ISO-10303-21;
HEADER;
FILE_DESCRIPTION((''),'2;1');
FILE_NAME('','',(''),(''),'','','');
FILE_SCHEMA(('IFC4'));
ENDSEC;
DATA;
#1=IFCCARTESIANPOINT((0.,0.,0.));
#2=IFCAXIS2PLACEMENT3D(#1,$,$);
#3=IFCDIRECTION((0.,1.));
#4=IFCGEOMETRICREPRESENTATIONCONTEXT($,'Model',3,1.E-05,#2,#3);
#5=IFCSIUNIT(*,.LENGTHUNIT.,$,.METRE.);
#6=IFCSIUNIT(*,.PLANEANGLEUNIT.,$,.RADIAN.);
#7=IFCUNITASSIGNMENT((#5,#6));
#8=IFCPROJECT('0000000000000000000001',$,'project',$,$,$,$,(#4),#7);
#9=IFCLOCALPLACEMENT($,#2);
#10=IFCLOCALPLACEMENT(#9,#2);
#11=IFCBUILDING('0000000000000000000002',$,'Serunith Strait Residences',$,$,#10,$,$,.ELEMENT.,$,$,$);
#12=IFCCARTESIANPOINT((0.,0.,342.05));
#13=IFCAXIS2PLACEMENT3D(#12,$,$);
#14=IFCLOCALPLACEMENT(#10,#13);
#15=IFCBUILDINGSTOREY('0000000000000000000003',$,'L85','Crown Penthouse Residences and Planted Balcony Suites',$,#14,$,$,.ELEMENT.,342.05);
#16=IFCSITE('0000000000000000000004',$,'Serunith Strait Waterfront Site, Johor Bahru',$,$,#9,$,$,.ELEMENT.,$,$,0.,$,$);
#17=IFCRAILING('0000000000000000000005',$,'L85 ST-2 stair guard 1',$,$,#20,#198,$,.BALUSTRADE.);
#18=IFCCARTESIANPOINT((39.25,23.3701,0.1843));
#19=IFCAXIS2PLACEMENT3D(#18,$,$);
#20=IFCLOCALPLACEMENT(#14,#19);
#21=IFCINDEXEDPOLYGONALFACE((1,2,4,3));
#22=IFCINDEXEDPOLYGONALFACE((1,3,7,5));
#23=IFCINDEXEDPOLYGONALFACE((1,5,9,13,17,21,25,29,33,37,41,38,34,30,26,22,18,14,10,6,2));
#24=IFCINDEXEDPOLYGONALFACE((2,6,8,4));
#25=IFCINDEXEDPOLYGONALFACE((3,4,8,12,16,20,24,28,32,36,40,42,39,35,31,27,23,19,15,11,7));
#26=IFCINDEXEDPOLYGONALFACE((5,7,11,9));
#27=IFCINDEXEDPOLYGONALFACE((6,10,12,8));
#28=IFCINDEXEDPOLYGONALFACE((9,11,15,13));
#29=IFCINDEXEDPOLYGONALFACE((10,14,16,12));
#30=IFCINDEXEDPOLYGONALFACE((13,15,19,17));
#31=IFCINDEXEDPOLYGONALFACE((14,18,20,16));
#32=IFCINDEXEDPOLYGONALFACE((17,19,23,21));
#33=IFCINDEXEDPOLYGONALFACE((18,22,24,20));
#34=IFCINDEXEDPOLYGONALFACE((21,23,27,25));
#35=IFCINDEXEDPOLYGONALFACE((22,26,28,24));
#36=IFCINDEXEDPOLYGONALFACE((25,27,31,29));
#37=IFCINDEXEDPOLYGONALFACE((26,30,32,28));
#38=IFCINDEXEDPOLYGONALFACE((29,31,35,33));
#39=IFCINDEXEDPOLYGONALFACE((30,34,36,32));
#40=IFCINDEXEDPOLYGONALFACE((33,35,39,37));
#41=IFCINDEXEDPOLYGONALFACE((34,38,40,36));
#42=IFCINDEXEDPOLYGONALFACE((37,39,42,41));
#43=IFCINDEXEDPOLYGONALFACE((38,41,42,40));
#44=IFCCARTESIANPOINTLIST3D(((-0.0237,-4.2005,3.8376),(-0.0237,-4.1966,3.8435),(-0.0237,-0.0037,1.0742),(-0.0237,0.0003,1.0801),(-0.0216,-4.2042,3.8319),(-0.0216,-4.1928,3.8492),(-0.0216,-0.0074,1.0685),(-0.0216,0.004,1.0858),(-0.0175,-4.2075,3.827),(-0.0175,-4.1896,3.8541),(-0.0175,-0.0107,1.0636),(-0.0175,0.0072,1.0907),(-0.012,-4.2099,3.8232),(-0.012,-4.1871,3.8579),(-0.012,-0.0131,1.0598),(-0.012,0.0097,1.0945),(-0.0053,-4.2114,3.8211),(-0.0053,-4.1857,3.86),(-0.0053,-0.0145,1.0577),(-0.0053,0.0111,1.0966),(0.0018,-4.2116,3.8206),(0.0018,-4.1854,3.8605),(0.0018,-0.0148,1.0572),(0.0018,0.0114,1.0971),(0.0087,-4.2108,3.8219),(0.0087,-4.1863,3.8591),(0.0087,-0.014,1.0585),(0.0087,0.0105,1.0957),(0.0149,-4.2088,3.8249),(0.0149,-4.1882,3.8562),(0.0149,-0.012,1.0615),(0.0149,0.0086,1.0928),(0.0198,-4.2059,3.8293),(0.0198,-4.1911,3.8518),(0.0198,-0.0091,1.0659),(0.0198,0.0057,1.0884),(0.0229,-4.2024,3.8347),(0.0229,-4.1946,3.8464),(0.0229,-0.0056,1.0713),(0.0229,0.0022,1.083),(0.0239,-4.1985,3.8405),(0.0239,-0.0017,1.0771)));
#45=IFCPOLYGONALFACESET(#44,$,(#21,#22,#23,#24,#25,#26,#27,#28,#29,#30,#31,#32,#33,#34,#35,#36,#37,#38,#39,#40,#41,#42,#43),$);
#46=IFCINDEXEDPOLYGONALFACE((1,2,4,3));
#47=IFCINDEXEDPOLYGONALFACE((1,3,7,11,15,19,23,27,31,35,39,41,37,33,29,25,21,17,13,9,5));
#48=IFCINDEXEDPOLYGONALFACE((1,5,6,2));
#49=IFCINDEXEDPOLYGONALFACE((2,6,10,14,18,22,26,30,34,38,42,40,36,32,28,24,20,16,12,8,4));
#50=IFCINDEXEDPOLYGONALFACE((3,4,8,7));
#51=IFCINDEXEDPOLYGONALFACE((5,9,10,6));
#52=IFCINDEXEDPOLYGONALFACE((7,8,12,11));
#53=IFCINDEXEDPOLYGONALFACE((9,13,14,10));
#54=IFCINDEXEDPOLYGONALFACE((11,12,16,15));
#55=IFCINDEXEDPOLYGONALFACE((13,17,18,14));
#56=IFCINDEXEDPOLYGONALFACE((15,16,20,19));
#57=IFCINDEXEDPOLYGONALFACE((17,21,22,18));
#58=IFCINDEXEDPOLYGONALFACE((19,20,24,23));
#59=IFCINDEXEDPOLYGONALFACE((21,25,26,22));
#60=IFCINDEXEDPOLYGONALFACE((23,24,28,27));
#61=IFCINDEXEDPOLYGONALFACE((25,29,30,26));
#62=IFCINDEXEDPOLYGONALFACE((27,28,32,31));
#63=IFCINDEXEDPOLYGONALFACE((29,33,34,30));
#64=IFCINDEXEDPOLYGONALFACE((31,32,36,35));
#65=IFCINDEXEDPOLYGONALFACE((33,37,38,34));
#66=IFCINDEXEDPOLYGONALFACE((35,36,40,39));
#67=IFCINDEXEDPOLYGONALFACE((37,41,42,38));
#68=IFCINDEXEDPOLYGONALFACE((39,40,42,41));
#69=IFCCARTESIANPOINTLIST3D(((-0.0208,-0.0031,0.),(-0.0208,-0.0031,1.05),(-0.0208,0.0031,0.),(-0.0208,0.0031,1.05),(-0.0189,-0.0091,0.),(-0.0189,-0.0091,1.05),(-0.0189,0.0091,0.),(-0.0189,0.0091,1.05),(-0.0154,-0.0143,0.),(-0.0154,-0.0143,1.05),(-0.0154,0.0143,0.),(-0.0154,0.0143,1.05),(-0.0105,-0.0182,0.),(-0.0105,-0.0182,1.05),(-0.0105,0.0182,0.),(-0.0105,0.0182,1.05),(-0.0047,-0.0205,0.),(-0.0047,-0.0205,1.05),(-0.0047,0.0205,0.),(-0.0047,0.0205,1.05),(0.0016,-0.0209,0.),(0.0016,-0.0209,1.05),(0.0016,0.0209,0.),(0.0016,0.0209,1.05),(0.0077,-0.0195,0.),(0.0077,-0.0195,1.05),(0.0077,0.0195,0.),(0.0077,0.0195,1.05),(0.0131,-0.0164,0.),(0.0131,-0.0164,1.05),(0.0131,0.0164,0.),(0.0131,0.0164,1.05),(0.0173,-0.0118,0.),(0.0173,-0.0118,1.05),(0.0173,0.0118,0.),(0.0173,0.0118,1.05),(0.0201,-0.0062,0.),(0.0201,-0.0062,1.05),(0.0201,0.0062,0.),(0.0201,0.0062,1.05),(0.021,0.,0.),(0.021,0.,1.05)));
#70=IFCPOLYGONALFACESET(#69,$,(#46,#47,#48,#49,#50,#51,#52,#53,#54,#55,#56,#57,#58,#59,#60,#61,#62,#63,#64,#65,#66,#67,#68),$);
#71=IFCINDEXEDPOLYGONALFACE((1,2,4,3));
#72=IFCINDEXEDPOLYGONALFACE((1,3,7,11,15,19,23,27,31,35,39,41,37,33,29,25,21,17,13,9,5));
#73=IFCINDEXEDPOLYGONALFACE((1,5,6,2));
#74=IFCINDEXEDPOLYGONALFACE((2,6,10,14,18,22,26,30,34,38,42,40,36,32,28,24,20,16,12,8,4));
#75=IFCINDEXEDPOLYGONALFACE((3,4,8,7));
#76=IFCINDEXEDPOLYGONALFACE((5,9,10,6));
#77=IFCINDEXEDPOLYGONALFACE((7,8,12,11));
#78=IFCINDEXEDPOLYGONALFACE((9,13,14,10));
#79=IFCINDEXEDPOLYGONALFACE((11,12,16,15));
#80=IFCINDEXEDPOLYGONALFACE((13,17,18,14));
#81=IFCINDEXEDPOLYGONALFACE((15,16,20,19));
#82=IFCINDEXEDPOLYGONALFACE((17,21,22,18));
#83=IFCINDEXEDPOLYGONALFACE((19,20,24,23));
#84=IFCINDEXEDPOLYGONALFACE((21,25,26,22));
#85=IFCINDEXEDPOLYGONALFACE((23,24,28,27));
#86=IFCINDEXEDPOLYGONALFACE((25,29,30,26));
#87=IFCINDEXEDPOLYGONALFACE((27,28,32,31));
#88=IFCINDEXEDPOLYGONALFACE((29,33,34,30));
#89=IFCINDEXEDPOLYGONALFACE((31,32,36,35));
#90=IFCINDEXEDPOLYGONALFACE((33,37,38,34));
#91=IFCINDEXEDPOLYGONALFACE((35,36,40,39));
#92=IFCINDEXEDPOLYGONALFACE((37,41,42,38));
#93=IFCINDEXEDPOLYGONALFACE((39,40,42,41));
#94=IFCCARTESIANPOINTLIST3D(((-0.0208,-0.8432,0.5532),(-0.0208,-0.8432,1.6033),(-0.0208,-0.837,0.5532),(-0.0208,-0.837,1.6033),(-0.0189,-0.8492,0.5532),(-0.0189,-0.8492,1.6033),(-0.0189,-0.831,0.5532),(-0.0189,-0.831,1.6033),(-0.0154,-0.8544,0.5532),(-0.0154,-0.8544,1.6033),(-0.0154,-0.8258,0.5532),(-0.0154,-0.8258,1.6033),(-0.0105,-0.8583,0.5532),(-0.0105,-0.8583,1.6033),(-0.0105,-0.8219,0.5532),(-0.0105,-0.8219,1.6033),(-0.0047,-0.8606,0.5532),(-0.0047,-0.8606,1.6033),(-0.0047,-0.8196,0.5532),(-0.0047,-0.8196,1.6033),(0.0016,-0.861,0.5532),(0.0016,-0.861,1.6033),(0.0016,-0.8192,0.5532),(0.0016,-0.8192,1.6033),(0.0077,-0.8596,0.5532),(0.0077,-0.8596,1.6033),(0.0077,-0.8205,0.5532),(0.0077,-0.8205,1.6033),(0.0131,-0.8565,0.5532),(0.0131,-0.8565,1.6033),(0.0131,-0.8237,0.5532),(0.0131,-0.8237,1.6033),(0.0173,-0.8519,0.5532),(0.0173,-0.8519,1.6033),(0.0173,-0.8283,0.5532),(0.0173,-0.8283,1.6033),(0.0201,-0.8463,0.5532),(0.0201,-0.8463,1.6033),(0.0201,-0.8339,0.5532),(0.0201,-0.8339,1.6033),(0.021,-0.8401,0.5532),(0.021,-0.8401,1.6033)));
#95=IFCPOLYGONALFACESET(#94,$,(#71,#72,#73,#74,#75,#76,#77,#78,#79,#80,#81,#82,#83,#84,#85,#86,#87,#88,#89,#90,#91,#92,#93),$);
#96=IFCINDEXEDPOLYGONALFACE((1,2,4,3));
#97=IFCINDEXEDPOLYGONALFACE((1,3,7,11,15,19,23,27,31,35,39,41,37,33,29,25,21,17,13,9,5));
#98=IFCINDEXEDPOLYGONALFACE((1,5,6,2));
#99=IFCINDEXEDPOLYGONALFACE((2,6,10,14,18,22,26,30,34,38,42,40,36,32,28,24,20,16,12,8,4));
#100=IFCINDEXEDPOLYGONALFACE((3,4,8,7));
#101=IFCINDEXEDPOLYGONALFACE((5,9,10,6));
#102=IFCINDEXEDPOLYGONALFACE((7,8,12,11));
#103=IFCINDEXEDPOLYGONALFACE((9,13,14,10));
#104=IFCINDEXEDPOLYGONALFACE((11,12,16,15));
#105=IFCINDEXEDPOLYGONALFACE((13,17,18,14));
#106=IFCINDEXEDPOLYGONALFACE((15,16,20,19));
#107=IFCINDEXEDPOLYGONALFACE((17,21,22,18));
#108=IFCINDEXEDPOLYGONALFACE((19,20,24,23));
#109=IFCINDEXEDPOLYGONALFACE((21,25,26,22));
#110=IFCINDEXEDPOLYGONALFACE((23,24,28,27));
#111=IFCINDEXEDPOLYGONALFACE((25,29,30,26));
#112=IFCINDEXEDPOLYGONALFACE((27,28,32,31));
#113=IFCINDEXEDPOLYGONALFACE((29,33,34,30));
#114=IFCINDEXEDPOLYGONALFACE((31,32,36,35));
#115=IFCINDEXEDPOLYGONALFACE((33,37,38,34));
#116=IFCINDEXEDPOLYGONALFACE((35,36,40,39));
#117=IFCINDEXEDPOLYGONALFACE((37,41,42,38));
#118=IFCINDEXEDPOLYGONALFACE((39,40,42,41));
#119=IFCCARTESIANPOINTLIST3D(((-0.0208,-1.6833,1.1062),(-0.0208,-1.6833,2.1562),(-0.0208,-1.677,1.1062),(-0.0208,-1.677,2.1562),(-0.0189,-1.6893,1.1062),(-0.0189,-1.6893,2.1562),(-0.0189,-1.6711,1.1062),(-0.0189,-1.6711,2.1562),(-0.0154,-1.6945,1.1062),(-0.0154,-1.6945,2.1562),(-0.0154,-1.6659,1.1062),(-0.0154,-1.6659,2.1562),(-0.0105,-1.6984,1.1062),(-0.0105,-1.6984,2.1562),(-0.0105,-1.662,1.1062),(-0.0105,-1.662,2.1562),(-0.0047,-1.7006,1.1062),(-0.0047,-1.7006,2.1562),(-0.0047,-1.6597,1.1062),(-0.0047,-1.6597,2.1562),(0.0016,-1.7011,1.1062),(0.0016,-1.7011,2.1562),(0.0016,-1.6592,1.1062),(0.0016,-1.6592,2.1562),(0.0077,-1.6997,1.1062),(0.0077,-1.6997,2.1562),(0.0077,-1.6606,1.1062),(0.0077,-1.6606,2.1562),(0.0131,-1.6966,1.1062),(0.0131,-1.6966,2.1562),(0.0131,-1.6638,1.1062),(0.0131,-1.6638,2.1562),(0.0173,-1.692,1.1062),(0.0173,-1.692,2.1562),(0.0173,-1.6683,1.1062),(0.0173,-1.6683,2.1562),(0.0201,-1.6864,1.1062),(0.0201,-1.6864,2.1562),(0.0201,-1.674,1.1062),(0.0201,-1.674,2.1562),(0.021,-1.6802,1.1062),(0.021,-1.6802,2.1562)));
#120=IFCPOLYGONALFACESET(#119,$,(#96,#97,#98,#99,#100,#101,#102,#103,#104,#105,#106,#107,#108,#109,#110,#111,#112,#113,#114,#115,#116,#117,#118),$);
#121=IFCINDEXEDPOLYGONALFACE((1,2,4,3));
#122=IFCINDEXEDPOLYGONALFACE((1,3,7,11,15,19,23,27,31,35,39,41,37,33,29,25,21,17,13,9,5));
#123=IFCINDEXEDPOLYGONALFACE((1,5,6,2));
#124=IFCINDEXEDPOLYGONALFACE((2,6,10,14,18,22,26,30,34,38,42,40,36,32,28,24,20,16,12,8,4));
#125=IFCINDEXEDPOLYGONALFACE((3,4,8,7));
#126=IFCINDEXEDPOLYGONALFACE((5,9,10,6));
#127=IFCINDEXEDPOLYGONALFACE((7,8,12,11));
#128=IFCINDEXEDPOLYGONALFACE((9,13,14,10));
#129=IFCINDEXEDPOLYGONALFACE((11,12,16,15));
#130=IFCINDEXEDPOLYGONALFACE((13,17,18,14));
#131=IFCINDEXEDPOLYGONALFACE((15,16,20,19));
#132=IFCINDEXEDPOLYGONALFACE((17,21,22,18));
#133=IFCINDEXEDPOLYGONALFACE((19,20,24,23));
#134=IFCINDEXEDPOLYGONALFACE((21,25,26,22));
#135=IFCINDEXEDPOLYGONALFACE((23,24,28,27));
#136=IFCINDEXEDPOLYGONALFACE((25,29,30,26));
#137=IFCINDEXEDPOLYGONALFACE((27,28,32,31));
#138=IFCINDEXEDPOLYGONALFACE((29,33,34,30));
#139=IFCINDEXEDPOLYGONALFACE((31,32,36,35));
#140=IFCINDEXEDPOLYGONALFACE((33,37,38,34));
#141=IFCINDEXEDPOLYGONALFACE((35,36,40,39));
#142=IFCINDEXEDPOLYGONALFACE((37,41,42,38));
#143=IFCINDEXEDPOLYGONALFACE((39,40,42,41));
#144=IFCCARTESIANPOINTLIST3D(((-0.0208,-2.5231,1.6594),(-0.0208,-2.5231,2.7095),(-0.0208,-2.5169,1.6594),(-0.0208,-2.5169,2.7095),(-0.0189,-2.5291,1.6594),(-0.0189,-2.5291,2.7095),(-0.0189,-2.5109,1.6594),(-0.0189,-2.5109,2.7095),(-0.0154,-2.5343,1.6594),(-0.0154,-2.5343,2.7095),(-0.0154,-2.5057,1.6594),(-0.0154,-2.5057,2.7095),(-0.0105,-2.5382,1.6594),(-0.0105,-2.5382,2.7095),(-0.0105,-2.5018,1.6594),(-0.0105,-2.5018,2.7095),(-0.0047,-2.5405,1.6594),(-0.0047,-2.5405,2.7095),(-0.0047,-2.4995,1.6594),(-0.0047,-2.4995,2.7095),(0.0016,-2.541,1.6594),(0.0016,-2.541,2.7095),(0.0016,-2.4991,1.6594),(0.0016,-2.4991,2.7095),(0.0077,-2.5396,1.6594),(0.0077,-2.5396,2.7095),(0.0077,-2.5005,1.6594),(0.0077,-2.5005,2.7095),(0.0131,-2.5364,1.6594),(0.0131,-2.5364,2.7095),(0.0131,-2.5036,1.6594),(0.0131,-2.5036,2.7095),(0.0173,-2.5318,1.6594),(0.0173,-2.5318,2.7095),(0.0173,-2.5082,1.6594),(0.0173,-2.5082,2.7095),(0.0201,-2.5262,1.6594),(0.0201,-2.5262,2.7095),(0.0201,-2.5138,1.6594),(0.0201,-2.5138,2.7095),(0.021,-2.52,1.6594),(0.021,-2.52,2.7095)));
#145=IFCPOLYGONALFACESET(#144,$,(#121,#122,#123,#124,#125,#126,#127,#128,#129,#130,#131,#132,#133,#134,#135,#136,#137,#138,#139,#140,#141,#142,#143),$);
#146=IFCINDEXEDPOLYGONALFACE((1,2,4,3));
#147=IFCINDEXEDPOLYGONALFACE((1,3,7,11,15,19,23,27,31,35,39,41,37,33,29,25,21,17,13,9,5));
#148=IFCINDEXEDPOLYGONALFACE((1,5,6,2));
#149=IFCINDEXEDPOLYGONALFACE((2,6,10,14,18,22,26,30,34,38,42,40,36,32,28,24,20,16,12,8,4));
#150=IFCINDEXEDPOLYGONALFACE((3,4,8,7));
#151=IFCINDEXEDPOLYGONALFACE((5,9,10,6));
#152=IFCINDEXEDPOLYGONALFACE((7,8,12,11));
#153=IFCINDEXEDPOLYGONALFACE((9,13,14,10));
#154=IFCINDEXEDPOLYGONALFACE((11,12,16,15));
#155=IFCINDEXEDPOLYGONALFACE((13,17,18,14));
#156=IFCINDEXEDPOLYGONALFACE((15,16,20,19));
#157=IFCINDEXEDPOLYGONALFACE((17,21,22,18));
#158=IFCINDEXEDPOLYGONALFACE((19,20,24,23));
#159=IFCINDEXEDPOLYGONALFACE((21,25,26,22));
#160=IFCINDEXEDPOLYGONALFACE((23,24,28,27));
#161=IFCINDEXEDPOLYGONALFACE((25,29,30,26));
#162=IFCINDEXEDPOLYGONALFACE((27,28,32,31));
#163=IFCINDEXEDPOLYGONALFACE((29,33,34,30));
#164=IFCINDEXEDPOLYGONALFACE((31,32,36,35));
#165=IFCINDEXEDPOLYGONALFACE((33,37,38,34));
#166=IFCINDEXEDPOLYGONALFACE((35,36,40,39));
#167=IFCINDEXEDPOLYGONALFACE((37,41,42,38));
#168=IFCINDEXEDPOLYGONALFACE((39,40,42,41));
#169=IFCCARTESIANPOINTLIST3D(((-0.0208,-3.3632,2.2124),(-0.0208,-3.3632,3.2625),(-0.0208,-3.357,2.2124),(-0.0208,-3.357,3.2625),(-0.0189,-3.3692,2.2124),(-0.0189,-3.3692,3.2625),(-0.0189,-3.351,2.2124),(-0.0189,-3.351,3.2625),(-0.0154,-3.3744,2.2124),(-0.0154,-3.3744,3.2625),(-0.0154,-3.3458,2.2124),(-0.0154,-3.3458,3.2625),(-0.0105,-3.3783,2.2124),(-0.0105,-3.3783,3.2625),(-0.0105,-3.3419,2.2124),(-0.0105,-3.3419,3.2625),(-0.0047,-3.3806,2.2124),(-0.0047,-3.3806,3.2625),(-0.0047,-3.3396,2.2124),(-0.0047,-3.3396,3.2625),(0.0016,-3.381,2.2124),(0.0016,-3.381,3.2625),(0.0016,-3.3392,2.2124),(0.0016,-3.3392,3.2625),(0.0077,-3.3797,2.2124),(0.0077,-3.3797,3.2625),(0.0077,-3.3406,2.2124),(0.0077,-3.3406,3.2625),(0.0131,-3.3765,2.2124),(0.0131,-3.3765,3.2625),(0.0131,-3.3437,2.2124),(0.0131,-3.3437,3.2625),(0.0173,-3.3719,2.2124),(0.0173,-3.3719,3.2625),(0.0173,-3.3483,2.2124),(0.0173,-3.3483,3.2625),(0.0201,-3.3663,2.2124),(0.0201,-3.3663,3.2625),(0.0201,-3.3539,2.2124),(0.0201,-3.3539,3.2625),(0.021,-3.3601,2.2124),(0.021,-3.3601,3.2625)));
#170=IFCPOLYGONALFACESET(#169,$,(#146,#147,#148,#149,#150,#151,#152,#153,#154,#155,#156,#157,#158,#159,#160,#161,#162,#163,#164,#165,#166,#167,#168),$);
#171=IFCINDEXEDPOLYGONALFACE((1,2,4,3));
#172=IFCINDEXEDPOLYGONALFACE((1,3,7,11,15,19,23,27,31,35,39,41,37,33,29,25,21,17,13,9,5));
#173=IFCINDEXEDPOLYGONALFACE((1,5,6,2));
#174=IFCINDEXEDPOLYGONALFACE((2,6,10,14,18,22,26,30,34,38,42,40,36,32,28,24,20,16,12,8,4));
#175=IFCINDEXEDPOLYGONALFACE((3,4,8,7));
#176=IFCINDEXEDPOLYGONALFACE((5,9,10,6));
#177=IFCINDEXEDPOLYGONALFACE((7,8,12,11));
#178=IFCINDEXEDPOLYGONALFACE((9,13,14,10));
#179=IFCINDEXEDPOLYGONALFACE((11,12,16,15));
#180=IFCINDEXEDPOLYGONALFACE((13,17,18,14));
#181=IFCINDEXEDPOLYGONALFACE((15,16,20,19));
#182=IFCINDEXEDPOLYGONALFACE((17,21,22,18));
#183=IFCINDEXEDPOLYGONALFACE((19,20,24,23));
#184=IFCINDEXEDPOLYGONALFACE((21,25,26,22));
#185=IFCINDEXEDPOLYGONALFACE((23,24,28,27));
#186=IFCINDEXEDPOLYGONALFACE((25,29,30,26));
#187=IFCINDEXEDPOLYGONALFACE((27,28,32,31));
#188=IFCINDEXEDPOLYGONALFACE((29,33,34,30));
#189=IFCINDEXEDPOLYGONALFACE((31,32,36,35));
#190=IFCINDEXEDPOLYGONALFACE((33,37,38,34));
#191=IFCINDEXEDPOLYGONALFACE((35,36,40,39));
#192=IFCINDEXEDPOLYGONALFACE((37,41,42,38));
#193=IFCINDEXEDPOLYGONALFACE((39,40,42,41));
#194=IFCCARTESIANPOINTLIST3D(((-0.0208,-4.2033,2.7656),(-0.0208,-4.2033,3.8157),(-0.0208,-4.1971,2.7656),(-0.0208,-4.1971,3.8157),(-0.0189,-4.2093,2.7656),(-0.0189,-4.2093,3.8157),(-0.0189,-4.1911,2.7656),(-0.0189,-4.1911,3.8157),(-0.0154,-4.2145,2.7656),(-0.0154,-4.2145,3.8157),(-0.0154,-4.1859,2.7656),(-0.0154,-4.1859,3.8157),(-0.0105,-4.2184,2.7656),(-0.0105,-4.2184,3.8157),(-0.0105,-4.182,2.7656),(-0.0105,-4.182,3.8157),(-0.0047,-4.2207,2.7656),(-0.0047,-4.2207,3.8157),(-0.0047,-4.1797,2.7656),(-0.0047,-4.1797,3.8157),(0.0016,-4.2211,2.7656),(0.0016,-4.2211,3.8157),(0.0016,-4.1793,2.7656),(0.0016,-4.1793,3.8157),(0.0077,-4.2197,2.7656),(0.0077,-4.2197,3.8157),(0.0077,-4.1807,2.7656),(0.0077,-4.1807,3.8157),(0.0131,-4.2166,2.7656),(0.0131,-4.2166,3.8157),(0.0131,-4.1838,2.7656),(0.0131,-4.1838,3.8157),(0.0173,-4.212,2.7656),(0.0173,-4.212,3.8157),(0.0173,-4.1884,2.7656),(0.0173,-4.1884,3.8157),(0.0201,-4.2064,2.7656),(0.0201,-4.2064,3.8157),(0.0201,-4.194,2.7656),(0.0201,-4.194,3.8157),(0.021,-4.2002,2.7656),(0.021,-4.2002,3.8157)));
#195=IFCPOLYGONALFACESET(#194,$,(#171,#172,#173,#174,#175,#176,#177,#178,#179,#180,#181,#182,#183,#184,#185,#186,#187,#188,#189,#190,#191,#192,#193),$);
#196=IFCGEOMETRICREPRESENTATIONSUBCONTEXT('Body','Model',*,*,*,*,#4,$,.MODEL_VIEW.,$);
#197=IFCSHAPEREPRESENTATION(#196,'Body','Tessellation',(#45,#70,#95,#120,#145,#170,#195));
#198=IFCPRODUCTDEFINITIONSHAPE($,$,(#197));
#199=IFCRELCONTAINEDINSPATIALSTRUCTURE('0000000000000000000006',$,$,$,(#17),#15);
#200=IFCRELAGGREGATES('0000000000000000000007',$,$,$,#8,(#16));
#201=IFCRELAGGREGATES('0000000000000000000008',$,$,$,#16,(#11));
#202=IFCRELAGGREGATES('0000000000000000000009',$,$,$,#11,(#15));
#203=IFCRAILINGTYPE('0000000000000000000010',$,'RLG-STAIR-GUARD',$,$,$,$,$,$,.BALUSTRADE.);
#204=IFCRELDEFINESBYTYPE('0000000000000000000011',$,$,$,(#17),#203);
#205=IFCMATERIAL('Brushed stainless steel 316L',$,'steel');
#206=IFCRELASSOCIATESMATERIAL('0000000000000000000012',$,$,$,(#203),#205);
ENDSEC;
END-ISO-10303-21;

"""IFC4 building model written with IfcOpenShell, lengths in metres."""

from ifc_helpers import new_model, si_unit, direction, frame, origin, origin_2d, place, context, subcontext, project, spatial, circle, extrude, material, type_object, element, save


model = new_model("IFC4")

# Units and contexts
model_context = context("Model", 3, precision=1e-05, world=origin(), true_north=direction((0.0, 1.0)))
body_context = subcontext(model_context, "Body", "Model", "MODEL_VIEW")
ifc_project = project(units=[si_unit("LENGTHUNIT", "METRE"), si_unit("PLANEANGLEUNIT", "RADIAN")], contexts=[model_context])

# Site, building, storey
site_placement = place(None, origin())
site = spatial("IfcSite", under=ifc_project, at=site_placement, Name="Serunith Strait Waterfront Site, Johor Bahru", CompositionType="ELEMENT", RefElevation=0.0)
building_placement = place(site_placement, origin())
building = spatial("IfcBuilding", under=site, at=building_placement, Name="Serunith Strait Residences", CompositionType="ELEMENT")
storey_placement = place(building_placement, frame((0.0, 0.0, 342.05)))
storey = spatial("IfcBuildingStorey", under=building, at=storey_placement, Name="L85", Description="Crown Penthouse Residences and Planted Balcony Suites", CompositionType="ELEMENT", Elevation=342.05)

# Railing
ifc_material_1 = material(Name="Brushed stainless steel 316L", Category="steel")
railing_type_1 = type_object("IfcRailingType", Name="RLG-STAIR-GUARD", PredefinedType="BALUSTRADE", material=ifc_material_1)
railing_1_placement = place(storey_placement, frame((39.25, 23.3701, 0.1843)))
element("IfcRailing", 1, at=railing_1_placement, inside=storey, type_object=railing_type_1, Name="L85 ST-2 stair guard 1", PredefinedType="BALUSTRADE", context=body_context, shape_type="SweptSolid", body=[
    extrude(circle(Radius=0.0239, at=origin_2d()), frame((0.0, -0.0017, 1.0771), z_axis=(0.0, -0.835203, 0.549941), x_axis=(1.0, 0.0, 0.0)), (0.0, 0.0, 1.0), 5.0249),
    extrude(circle(Radius=0.021, at=origin_2d()), origin(), (0.0, 0.0, 1.0), 1.05),
    extrude(circle(Radius=0.021, at=origin_2d()), frame((0.0, -0.8401, 0.5532)), (0.0, 0.0, 1.0), 1.05),
    extrude(circle(Radius=0.021, at=origin_2d()), frame((0.0, -1.6802, 1.1062)), (0.0, 0.0, 1.0), 1.05),
    extrude(circle(Radius=0.021, at=origin_2d()), frame((0.0, -2.52, 1.6594)), (0.0, 0.0, 1.0), 1.05),
    extrude(circle(Radius=0.021, at=origin_2d()), frame((0.0, -3.3601, 2.2124)), (0.0, 0.0, 1.0), 1.05),
    extrude(circle(Radius=0.021, at=origin_2d()), frame((0.0, -4.2002, 2.7656)), (0.0, 0.0, 1.0), 1.05),
])

save(model, "model.ifc")
